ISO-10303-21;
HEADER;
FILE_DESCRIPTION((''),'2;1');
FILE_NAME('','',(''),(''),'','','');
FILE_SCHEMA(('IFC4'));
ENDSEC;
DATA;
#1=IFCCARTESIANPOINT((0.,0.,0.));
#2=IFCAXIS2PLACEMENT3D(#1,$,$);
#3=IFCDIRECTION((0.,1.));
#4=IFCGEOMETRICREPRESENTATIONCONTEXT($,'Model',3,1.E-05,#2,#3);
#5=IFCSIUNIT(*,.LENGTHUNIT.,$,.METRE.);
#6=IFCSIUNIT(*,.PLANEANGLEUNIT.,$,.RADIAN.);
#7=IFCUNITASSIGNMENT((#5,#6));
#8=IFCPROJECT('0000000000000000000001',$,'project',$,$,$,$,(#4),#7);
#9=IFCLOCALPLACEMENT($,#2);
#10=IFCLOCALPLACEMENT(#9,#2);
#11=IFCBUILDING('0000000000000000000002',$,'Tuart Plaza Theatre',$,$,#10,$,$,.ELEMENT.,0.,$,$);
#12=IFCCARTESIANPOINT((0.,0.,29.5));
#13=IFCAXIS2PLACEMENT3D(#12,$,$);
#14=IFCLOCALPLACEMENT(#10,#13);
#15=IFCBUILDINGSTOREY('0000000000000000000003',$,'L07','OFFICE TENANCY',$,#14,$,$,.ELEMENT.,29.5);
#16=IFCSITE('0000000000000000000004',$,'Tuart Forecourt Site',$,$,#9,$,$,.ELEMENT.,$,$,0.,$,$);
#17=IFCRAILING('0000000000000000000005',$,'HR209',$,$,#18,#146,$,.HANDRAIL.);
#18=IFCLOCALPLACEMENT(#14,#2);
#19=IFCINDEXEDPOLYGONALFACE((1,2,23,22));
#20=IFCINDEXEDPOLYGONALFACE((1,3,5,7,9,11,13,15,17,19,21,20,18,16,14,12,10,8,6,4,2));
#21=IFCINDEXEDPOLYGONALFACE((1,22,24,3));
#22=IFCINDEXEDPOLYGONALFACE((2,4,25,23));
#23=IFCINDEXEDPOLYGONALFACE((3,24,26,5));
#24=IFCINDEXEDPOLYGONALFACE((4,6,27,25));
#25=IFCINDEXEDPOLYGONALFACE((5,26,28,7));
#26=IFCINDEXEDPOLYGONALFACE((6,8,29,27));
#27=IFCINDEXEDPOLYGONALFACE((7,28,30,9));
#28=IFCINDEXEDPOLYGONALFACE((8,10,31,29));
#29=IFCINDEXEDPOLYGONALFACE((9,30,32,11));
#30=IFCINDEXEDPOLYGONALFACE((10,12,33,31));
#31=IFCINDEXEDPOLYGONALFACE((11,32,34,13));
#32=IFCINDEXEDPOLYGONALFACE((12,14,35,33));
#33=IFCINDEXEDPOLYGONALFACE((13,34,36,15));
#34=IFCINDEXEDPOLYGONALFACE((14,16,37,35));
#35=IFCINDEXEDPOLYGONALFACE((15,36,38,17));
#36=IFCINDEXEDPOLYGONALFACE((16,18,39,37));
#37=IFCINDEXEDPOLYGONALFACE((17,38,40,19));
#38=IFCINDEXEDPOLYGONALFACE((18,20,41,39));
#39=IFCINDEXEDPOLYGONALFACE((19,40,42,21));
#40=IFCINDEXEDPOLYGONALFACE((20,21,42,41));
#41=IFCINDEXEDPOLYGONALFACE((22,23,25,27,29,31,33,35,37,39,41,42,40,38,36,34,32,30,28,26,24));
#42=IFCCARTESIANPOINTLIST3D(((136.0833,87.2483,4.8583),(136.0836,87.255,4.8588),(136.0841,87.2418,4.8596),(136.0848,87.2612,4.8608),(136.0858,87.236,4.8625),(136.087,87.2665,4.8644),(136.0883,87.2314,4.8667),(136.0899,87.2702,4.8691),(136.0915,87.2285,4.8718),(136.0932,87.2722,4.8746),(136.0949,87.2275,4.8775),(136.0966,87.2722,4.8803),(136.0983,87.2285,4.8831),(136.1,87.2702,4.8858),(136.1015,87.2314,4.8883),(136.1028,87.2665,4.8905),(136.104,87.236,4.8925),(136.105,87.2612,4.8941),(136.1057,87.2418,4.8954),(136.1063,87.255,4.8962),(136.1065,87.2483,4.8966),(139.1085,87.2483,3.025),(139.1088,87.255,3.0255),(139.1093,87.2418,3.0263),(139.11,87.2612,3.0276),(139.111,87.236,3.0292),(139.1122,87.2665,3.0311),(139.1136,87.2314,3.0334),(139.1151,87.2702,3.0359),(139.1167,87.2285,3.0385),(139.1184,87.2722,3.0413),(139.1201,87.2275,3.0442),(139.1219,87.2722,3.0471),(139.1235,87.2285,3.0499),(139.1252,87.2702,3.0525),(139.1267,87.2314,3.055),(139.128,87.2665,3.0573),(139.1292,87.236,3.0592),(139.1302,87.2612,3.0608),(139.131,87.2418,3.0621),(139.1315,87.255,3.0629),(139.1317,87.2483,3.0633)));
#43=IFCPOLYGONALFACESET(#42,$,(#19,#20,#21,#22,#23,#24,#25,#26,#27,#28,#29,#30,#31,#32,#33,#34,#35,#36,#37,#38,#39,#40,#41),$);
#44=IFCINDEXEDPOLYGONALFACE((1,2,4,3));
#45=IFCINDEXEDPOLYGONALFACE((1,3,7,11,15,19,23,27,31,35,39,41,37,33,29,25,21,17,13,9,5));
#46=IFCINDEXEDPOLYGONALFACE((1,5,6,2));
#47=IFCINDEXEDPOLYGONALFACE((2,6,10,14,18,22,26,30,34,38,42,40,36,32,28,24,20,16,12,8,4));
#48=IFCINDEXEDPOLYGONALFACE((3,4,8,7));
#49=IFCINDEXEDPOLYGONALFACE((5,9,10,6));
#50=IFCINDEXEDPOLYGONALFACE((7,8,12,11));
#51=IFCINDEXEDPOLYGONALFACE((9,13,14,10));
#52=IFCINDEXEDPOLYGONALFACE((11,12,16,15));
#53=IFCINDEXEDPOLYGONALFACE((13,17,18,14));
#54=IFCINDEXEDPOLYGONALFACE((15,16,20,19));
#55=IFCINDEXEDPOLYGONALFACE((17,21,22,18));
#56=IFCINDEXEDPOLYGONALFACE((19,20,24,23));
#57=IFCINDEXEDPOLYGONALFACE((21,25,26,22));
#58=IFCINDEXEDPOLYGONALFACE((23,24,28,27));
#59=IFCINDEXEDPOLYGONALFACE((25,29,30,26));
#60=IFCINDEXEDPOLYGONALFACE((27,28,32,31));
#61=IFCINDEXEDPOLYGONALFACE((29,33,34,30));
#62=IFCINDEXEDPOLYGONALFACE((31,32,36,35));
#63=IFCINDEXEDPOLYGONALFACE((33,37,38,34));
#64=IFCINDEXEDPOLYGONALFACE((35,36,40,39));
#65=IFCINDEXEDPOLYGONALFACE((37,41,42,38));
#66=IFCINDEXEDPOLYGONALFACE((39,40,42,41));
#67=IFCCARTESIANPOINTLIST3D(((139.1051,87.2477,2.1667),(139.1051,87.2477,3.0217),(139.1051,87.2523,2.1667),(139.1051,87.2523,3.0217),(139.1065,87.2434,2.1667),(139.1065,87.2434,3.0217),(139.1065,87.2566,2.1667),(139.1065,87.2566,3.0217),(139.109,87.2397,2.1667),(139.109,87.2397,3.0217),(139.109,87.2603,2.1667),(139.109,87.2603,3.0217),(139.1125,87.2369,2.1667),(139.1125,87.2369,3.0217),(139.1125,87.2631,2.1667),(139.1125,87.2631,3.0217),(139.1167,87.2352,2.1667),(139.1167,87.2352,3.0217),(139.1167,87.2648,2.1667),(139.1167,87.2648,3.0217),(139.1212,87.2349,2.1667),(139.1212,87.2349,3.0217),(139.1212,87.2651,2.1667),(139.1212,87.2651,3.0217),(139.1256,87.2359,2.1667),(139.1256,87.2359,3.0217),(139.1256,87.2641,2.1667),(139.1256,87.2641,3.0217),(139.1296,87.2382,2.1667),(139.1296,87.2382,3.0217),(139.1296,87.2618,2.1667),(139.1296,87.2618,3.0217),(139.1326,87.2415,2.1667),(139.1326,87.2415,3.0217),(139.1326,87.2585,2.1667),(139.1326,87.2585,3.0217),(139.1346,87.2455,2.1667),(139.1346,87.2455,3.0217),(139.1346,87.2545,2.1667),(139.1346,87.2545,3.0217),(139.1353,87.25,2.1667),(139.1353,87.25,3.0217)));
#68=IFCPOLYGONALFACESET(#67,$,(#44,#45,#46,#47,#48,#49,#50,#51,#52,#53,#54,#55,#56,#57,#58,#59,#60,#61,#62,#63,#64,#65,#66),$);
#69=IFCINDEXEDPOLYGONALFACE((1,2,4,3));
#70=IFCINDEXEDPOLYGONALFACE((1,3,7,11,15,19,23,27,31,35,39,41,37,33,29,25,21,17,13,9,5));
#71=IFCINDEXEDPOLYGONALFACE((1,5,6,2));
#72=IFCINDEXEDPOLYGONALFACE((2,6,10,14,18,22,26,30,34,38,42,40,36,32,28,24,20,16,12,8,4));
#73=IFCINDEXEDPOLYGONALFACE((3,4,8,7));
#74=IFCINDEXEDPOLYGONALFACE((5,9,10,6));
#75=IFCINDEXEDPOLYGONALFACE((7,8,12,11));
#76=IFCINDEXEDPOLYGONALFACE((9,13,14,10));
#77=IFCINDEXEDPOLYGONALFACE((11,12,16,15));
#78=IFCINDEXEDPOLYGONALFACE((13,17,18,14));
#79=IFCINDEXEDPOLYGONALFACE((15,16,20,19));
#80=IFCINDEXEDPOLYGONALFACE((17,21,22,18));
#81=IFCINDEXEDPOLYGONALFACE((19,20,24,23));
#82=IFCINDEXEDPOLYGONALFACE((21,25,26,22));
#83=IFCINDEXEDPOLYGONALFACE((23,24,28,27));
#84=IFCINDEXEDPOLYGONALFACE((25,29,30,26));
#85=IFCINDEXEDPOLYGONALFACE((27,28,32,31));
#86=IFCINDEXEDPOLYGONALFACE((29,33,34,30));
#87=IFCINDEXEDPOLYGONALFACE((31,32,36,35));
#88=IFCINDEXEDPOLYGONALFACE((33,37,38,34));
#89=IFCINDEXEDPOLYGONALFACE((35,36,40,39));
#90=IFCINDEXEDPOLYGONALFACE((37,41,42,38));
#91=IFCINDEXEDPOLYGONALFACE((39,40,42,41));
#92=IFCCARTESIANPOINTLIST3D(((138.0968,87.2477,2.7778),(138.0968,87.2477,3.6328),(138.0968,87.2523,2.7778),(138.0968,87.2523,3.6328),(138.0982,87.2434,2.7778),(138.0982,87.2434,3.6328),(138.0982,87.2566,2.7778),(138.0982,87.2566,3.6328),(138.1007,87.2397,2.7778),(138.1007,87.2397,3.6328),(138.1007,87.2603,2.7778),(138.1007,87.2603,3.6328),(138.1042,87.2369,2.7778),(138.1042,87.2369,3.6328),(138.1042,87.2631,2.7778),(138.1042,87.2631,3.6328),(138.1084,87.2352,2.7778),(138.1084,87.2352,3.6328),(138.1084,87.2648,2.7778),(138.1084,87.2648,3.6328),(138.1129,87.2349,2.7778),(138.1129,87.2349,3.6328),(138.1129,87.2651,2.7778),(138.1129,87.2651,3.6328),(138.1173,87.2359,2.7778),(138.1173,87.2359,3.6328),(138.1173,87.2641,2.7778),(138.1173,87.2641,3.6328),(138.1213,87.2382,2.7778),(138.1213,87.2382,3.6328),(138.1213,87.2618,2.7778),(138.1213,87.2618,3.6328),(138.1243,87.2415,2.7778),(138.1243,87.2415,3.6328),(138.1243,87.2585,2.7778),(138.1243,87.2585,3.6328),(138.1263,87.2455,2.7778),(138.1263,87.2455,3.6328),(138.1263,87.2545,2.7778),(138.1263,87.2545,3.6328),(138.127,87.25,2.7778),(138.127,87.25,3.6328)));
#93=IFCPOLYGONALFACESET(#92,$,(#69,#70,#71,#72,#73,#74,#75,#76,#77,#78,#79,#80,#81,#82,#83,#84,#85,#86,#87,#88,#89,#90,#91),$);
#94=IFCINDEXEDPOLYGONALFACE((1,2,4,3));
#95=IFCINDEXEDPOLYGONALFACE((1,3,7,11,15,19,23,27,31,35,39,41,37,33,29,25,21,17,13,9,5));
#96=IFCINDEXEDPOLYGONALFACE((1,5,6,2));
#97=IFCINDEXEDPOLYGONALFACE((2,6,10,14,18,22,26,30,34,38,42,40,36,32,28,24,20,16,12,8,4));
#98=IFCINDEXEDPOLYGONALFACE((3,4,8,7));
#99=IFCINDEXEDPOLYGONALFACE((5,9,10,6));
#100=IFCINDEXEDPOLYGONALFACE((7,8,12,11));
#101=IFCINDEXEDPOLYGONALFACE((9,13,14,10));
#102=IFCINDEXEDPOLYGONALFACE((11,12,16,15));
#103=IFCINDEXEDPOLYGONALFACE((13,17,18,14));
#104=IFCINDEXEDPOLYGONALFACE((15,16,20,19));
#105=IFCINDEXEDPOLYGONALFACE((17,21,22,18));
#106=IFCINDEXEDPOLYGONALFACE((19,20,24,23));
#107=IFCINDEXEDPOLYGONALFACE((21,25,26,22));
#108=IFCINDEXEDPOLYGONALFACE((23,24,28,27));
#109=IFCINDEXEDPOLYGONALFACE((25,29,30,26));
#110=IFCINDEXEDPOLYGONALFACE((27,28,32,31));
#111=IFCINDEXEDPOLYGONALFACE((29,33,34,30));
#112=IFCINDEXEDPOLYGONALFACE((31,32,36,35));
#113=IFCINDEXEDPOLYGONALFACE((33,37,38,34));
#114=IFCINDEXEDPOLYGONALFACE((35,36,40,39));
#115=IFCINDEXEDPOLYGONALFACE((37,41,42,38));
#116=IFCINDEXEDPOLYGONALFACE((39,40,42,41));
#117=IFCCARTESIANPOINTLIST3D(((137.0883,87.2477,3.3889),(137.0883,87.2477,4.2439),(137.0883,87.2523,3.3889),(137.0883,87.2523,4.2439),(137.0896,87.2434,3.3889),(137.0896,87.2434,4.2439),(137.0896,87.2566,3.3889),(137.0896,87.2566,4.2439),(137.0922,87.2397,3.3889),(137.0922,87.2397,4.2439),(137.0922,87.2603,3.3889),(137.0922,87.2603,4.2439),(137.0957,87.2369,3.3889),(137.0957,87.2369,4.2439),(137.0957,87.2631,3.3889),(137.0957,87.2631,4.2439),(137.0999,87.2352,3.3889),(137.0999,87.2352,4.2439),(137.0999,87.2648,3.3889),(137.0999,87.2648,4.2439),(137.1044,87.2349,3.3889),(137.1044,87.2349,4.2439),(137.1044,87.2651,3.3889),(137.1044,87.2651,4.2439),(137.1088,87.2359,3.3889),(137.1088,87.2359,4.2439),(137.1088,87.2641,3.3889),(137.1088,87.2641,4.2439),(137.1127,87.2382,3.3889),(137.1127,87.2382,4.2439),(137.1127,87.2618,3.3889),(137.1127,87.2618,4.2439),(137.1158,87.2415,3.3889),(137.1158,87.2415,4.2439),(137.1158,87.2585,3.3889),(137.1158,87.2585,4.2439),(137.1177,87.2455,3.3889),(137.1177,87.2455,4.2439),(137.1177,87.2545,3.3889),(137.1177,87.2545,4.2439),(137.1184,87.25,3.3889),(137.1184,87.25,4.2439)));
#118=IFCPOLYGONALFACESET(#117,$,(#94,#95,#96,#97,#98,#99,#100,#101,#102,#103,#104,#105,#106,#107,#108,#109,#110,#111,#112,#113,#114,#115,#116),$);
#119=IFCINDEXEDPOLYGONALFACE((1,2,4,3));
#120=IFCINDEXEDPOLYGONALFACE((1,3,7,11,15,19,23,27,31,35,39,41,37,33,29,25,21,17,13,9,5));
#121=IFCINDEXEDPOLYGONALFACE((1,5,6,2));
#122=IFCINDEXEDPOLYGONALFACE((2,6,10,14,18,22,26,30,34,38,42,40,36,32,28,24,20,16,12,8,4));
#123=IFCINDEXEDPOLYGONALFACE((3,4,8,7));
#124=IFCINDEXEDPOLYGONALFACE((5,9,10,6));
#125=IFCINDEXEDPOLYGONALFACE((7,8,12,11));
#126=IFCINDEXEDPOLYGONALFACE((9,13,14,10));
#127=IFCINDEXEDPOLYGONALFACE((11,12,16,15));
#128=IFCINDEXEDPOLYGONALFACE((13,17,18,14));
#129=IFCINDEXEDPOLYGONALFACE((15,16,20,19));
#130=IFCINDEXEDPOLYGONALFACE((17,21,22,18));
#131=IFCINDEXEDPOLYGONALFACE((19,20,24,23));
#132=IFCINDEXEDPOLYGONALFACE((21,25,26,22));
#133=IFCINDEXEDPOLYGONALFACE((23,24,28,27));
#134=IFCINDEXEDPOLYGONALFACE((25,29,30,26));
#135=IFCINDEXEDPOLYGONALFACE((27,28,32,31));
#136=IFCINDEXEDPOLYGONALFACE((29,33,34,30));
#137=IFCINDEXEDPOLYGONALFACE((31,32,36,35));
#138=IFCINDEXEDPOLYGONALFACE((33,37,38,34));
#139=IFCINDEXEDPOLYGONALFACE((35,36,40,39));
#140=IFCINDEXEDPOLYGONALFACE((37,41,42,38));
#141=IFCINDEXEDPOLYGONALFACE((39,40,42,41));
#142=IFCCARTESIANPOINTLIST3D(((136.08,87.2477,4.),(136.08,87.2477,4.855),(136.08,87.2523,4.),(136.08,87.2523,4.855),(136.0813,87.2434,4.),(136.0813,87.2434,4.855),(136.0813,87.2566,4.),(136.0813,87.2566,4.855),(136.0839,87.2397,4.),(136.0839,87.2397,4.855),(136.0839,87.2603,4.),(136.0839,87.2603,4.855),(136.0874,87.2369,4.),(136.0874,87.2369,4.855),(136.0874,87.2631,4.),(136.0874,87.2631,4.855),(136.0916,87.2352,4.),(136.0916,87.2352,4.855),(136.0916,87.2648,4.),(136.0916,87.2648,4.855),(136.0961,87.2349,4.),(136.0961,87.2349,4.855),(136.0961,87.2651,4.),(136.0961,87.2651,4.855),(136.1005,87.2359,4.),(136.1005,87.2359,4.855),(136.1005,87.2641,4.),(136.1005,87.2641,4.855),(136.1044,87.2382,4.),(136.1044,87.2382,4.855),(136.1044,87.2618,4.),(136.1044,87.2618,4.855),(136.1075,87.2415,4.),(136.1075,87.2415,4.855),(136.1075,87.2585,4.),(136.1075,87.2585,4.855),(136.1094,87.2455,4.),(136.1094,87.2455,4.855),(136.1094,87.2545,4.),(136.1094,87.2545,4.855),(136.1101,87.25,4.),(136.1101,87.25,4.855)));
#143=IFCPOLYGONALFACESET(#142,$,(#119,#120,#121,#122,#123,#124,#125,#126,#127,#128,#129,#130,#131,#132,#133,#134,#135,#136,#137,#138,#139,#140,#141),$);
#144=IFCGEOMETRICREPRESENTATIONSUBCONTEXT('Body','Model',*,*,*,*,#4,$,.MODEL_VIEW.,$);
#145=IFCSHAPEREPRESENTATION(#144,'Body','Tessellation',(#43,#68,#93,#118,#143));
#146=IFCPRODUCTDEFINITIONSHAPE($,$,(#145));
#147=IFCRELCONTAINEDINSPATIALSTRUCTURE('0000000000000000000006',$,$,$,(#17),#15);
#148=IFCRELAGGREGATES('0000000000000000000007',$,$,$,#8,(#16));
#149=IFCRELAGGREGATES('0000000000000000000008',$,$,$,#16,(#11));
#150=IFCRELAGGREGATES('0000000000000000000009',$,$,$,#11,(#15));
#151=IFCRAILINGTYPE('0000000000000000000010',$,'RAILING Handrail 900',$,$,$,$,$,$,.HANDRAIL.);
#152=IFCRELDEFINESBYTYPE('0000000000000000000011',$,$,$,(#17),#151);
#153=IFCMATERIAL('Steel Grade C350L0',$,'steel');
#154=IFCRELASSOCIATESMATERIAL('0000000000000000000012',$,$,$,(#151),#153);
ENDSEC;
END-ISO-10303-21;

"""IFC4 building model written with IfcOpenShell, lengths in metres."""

from ifc_helpers import new_model, si_unit, direction, frame, origin, origin_2d, place, context, subcontext, project, spatial, circle, extrude, material, type_object, element, save


model = new_model("IFC4")

# Units and contexts
model_context = context("Model", 3, precision=1e-05, world=origin(), true_north=direction((0.0, 1.0)))
body_context = subcontext(model_context, "Body", "Model", "MODEL_VIEW")
ifc_project = project(units=[si_unit("LENGTHUNIT", "METRE"), si_unit("PLANEANGLEUNIT", "RADIAN")], contexts=[model_context])

# Site, building, storey
site_placement = place(None, origin())
site = spatial("IfcSite", under=ifc_project, at=site_placement, Name="Tuart Forecourt Site", CompositionType="ELEMENT", RefElevation=0.0)
building_placement = place(site_placement, origin())
building = spatial("IfcBuilding", under=site, at=building_placement, Name="Tuart Plaza Theatre", CompositionType="ELEMENT", ElevationOfRefHeight=0.0)
storey_placement = place(building_placement, frame((0.0, 0.0, 29.5)))
storey = spatial("IfcBuildingStorey", under=building, at=storey_placement, Name="L07", Description="OFFICE TENANCY", CompositionType="ELEMENT", Elevation=29.5)

# Railing
ifc_material_1 = material(Name="Steel Grade C350L0", Category="steel")
railing_type_1 = type_object("IfcRailingType", Name="RAILING Handrail 900", PredefinedType="HANDRAIL", material=ifc_material_1)
for number, where, name in (
    (1, (139.1201, 87.25, 2.1667), "HR209"),
):
    element("IfcRailing", number, at=place(storey_placement, frame(where)), inside=storey, type_object=railing_type_1, Name=name, PredefinedType="HANDRAIL", context=body_context, shape_type="SweptSolid", body=[
        extrude(circle(Radius=0.0225, at=origin_2d()), frame((0.0, 0.0, 0.8774), z_axis=(-0.855219, 0.0, 0.518267), x_axis=(0.0, -1.0, 0.0)), (0.0, 0.0, 1.0), 3.5374),
        extrude(circle(Radius=0.0151, at=origin_2d()), origin(), (0.0, 0.0, 1.0), 0.855),
        extrude(circle(Radius=0.0151, at=origin_2d()), frame((-1.0083, 0.0, 0.6111)), (0.0, 0.0, 1.0), 0.855),
        extrude(circle(Radius=0.0151, at=origin_2d()), frame((-2.0168, 0.0, 1.2222)), (0.0, 0.0, 1.0), 0.855),
        extrude(circle(Radius=0.0151, at=origin_2d()), frame((-3.0251, 0.0, 1.8333)), (0.0, 0.0, 1.0), 0.855),
    ])

save(model, "model.ifc")
